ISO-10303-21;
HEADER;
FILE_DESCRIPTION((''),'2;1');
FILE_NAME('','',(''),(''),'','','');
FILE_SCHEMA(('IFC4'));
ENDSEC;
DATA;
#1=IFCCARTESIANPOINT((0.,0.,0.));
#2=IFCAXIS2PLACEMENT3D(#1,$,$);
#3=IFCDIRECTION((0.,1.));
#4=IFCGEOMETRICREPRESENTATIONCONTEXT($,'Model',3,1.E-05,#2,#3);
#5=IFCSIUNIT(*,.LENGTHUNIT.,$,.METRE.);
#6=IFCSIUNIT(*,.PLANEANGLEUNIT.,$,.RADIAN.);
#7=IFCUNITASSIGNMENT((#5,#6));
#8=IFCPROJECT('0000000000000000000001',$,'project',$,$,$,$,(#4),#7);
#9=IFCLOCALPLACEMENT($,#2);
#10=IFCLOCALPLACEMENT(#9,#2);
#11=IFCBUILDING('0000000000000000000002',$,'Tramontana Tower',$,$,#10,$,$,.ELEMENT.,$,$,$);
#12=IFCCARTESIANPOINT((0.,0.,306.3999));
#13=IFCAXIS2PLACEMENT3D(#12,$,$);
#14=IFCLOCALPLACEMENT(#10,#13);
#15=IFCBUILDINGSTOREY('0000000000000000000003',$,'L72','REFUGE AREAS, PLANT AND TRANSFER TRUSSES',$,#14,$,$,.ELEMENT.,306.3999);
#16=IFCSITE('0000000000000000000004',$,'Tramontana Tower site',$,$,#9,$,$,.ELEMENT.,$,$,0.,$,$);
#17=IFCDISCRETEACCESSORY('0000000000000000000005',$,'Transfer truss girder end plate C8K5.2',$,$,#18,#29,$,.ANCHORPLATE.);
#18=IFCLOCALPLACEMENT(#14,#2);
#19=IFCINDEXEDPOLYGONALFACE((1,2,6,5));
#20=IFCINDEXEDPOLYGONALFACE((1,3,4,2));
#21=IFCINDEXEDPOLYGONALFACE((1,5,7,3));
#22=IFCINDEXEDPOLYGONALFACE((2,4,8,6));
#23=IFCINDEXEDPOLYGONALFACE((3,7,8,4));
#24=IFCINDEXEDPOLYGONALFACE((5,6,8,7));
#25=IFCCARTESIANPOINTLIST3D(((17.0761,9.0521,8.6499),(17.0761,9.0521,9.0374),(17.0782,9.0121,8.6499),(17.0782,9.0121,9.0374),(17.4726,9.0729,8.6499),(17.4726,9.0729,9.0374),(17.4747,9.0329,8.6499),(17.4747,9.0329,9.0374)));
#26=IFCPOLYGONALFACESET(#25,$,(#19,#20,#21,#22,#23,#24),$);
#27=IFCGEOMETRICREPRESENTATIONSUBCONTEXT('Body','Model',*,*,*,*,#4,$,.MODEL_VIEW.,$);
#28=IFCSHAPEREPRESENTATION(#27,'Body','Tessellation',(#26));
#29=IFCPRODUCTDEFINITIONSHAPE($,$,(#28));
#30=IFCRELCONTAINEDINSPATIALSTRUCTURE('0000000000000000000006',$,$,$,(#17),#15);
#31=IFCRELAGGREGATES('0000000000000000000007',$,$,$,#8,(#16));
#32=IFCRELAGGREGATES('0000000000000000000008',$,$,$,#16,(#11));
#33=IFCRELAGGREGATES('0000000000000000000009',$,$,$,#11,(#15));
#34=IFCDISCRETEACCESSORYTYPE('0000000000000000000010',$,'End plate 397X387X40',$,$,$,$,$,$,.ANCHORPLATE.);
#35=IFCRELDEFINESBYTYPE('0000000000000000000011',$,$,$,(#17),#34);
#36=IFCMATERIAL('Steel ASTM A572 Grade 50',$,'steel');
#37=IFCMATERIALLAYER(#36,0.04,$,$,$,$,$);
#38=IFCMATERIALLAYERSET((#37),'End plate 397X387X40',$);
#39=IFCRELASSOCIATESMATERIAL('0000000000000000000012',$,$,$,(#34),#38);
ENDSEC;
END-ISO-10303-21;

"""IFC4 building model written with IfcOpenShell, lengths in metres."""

from ifc_helpers import new_model, si_unit, direction, frame, origin, origin_2d, place, context, subcontext, project, spatial, rectangle, extrude, material, layer, layer_set, type_object, element, save


model = new_model("IFC4")

# Units and contexts
model_context = context("Model", 3, precision=1e-05, world=origin(), true_north=direction((0.0, 1.0)))
body_context = subcontext(model_context, "Body", "Model", "MODEL_VIEW")
ifc_project = project(units=[si_unit("LENGTHUNIT", "METRE"), si_unit("PLANEANGLEUNIT", "RADIAN")], contexts=[model_context])

# Site, building, storey
site_placement = place(None, origin())
site = spatial("IfcSite", under=ifc_project, at=site_placement, Name="Tramontana Tower site", CompositionType="ELEMENT", RefElevation=0.0)
building_placement = place(site_placement, origin())
building = spatial("IfcBuilding", under=site, at=building_placement, Name="Tramontana Tower", CompositionType="ELEMENT")
storey_placement = place(building_placement, frame((0.0, 0.0, 306.3999)))
storey = spatial("IfcBuildingStorey", under=building, at=storey_placement, Name="L72", Description="REFUGE AREAS, PLANT AND TRANSFER TRUSSES", CompositionType="ELEMENT", Elevation=306.3999)

# Discrete accessory
ifc_material_1 = material(Name="Steel ASTM A572 Grade 50", Category="steel")
ifc_layer_1 = layer(ifc_material_1, 0.04)
ifc_layer_set_1 = layer_set([ifc_layer_1], Name="End plate 397X387X40")
discrete_accessory_type_1 = type_object("IfcDiscreteAccessoryType", Name="End plate 397X387X40", PredefinedType="ANCHORPLATE", material=ifc_layer_set_1)
discrete_accessory_1_placement = place(storey_placement, frame((17.2754, 9.0425, 8.6499), z_axis=(0.0, 0.0, 1.0), x_axis=(-0.99863, -0.052336, 0.0)))
element("IfcDiscreteAccessory", 1, at=discrete_accessory_1_placement, inside=storey, type_object=discrete_accessory_type_1, Name="Transfer truss girder end plate C8K5.2", PredefinedType="ANCHORPLATE", context=body_context, shape_type="SweptSolid", body=[
    extrude(rectangle(XDim=0.397, YDim=0.04, at=origin_2d()), origin(), (0.0, 0.0, 1.0), 0.3875),
])

save(model, "model.ifc")
